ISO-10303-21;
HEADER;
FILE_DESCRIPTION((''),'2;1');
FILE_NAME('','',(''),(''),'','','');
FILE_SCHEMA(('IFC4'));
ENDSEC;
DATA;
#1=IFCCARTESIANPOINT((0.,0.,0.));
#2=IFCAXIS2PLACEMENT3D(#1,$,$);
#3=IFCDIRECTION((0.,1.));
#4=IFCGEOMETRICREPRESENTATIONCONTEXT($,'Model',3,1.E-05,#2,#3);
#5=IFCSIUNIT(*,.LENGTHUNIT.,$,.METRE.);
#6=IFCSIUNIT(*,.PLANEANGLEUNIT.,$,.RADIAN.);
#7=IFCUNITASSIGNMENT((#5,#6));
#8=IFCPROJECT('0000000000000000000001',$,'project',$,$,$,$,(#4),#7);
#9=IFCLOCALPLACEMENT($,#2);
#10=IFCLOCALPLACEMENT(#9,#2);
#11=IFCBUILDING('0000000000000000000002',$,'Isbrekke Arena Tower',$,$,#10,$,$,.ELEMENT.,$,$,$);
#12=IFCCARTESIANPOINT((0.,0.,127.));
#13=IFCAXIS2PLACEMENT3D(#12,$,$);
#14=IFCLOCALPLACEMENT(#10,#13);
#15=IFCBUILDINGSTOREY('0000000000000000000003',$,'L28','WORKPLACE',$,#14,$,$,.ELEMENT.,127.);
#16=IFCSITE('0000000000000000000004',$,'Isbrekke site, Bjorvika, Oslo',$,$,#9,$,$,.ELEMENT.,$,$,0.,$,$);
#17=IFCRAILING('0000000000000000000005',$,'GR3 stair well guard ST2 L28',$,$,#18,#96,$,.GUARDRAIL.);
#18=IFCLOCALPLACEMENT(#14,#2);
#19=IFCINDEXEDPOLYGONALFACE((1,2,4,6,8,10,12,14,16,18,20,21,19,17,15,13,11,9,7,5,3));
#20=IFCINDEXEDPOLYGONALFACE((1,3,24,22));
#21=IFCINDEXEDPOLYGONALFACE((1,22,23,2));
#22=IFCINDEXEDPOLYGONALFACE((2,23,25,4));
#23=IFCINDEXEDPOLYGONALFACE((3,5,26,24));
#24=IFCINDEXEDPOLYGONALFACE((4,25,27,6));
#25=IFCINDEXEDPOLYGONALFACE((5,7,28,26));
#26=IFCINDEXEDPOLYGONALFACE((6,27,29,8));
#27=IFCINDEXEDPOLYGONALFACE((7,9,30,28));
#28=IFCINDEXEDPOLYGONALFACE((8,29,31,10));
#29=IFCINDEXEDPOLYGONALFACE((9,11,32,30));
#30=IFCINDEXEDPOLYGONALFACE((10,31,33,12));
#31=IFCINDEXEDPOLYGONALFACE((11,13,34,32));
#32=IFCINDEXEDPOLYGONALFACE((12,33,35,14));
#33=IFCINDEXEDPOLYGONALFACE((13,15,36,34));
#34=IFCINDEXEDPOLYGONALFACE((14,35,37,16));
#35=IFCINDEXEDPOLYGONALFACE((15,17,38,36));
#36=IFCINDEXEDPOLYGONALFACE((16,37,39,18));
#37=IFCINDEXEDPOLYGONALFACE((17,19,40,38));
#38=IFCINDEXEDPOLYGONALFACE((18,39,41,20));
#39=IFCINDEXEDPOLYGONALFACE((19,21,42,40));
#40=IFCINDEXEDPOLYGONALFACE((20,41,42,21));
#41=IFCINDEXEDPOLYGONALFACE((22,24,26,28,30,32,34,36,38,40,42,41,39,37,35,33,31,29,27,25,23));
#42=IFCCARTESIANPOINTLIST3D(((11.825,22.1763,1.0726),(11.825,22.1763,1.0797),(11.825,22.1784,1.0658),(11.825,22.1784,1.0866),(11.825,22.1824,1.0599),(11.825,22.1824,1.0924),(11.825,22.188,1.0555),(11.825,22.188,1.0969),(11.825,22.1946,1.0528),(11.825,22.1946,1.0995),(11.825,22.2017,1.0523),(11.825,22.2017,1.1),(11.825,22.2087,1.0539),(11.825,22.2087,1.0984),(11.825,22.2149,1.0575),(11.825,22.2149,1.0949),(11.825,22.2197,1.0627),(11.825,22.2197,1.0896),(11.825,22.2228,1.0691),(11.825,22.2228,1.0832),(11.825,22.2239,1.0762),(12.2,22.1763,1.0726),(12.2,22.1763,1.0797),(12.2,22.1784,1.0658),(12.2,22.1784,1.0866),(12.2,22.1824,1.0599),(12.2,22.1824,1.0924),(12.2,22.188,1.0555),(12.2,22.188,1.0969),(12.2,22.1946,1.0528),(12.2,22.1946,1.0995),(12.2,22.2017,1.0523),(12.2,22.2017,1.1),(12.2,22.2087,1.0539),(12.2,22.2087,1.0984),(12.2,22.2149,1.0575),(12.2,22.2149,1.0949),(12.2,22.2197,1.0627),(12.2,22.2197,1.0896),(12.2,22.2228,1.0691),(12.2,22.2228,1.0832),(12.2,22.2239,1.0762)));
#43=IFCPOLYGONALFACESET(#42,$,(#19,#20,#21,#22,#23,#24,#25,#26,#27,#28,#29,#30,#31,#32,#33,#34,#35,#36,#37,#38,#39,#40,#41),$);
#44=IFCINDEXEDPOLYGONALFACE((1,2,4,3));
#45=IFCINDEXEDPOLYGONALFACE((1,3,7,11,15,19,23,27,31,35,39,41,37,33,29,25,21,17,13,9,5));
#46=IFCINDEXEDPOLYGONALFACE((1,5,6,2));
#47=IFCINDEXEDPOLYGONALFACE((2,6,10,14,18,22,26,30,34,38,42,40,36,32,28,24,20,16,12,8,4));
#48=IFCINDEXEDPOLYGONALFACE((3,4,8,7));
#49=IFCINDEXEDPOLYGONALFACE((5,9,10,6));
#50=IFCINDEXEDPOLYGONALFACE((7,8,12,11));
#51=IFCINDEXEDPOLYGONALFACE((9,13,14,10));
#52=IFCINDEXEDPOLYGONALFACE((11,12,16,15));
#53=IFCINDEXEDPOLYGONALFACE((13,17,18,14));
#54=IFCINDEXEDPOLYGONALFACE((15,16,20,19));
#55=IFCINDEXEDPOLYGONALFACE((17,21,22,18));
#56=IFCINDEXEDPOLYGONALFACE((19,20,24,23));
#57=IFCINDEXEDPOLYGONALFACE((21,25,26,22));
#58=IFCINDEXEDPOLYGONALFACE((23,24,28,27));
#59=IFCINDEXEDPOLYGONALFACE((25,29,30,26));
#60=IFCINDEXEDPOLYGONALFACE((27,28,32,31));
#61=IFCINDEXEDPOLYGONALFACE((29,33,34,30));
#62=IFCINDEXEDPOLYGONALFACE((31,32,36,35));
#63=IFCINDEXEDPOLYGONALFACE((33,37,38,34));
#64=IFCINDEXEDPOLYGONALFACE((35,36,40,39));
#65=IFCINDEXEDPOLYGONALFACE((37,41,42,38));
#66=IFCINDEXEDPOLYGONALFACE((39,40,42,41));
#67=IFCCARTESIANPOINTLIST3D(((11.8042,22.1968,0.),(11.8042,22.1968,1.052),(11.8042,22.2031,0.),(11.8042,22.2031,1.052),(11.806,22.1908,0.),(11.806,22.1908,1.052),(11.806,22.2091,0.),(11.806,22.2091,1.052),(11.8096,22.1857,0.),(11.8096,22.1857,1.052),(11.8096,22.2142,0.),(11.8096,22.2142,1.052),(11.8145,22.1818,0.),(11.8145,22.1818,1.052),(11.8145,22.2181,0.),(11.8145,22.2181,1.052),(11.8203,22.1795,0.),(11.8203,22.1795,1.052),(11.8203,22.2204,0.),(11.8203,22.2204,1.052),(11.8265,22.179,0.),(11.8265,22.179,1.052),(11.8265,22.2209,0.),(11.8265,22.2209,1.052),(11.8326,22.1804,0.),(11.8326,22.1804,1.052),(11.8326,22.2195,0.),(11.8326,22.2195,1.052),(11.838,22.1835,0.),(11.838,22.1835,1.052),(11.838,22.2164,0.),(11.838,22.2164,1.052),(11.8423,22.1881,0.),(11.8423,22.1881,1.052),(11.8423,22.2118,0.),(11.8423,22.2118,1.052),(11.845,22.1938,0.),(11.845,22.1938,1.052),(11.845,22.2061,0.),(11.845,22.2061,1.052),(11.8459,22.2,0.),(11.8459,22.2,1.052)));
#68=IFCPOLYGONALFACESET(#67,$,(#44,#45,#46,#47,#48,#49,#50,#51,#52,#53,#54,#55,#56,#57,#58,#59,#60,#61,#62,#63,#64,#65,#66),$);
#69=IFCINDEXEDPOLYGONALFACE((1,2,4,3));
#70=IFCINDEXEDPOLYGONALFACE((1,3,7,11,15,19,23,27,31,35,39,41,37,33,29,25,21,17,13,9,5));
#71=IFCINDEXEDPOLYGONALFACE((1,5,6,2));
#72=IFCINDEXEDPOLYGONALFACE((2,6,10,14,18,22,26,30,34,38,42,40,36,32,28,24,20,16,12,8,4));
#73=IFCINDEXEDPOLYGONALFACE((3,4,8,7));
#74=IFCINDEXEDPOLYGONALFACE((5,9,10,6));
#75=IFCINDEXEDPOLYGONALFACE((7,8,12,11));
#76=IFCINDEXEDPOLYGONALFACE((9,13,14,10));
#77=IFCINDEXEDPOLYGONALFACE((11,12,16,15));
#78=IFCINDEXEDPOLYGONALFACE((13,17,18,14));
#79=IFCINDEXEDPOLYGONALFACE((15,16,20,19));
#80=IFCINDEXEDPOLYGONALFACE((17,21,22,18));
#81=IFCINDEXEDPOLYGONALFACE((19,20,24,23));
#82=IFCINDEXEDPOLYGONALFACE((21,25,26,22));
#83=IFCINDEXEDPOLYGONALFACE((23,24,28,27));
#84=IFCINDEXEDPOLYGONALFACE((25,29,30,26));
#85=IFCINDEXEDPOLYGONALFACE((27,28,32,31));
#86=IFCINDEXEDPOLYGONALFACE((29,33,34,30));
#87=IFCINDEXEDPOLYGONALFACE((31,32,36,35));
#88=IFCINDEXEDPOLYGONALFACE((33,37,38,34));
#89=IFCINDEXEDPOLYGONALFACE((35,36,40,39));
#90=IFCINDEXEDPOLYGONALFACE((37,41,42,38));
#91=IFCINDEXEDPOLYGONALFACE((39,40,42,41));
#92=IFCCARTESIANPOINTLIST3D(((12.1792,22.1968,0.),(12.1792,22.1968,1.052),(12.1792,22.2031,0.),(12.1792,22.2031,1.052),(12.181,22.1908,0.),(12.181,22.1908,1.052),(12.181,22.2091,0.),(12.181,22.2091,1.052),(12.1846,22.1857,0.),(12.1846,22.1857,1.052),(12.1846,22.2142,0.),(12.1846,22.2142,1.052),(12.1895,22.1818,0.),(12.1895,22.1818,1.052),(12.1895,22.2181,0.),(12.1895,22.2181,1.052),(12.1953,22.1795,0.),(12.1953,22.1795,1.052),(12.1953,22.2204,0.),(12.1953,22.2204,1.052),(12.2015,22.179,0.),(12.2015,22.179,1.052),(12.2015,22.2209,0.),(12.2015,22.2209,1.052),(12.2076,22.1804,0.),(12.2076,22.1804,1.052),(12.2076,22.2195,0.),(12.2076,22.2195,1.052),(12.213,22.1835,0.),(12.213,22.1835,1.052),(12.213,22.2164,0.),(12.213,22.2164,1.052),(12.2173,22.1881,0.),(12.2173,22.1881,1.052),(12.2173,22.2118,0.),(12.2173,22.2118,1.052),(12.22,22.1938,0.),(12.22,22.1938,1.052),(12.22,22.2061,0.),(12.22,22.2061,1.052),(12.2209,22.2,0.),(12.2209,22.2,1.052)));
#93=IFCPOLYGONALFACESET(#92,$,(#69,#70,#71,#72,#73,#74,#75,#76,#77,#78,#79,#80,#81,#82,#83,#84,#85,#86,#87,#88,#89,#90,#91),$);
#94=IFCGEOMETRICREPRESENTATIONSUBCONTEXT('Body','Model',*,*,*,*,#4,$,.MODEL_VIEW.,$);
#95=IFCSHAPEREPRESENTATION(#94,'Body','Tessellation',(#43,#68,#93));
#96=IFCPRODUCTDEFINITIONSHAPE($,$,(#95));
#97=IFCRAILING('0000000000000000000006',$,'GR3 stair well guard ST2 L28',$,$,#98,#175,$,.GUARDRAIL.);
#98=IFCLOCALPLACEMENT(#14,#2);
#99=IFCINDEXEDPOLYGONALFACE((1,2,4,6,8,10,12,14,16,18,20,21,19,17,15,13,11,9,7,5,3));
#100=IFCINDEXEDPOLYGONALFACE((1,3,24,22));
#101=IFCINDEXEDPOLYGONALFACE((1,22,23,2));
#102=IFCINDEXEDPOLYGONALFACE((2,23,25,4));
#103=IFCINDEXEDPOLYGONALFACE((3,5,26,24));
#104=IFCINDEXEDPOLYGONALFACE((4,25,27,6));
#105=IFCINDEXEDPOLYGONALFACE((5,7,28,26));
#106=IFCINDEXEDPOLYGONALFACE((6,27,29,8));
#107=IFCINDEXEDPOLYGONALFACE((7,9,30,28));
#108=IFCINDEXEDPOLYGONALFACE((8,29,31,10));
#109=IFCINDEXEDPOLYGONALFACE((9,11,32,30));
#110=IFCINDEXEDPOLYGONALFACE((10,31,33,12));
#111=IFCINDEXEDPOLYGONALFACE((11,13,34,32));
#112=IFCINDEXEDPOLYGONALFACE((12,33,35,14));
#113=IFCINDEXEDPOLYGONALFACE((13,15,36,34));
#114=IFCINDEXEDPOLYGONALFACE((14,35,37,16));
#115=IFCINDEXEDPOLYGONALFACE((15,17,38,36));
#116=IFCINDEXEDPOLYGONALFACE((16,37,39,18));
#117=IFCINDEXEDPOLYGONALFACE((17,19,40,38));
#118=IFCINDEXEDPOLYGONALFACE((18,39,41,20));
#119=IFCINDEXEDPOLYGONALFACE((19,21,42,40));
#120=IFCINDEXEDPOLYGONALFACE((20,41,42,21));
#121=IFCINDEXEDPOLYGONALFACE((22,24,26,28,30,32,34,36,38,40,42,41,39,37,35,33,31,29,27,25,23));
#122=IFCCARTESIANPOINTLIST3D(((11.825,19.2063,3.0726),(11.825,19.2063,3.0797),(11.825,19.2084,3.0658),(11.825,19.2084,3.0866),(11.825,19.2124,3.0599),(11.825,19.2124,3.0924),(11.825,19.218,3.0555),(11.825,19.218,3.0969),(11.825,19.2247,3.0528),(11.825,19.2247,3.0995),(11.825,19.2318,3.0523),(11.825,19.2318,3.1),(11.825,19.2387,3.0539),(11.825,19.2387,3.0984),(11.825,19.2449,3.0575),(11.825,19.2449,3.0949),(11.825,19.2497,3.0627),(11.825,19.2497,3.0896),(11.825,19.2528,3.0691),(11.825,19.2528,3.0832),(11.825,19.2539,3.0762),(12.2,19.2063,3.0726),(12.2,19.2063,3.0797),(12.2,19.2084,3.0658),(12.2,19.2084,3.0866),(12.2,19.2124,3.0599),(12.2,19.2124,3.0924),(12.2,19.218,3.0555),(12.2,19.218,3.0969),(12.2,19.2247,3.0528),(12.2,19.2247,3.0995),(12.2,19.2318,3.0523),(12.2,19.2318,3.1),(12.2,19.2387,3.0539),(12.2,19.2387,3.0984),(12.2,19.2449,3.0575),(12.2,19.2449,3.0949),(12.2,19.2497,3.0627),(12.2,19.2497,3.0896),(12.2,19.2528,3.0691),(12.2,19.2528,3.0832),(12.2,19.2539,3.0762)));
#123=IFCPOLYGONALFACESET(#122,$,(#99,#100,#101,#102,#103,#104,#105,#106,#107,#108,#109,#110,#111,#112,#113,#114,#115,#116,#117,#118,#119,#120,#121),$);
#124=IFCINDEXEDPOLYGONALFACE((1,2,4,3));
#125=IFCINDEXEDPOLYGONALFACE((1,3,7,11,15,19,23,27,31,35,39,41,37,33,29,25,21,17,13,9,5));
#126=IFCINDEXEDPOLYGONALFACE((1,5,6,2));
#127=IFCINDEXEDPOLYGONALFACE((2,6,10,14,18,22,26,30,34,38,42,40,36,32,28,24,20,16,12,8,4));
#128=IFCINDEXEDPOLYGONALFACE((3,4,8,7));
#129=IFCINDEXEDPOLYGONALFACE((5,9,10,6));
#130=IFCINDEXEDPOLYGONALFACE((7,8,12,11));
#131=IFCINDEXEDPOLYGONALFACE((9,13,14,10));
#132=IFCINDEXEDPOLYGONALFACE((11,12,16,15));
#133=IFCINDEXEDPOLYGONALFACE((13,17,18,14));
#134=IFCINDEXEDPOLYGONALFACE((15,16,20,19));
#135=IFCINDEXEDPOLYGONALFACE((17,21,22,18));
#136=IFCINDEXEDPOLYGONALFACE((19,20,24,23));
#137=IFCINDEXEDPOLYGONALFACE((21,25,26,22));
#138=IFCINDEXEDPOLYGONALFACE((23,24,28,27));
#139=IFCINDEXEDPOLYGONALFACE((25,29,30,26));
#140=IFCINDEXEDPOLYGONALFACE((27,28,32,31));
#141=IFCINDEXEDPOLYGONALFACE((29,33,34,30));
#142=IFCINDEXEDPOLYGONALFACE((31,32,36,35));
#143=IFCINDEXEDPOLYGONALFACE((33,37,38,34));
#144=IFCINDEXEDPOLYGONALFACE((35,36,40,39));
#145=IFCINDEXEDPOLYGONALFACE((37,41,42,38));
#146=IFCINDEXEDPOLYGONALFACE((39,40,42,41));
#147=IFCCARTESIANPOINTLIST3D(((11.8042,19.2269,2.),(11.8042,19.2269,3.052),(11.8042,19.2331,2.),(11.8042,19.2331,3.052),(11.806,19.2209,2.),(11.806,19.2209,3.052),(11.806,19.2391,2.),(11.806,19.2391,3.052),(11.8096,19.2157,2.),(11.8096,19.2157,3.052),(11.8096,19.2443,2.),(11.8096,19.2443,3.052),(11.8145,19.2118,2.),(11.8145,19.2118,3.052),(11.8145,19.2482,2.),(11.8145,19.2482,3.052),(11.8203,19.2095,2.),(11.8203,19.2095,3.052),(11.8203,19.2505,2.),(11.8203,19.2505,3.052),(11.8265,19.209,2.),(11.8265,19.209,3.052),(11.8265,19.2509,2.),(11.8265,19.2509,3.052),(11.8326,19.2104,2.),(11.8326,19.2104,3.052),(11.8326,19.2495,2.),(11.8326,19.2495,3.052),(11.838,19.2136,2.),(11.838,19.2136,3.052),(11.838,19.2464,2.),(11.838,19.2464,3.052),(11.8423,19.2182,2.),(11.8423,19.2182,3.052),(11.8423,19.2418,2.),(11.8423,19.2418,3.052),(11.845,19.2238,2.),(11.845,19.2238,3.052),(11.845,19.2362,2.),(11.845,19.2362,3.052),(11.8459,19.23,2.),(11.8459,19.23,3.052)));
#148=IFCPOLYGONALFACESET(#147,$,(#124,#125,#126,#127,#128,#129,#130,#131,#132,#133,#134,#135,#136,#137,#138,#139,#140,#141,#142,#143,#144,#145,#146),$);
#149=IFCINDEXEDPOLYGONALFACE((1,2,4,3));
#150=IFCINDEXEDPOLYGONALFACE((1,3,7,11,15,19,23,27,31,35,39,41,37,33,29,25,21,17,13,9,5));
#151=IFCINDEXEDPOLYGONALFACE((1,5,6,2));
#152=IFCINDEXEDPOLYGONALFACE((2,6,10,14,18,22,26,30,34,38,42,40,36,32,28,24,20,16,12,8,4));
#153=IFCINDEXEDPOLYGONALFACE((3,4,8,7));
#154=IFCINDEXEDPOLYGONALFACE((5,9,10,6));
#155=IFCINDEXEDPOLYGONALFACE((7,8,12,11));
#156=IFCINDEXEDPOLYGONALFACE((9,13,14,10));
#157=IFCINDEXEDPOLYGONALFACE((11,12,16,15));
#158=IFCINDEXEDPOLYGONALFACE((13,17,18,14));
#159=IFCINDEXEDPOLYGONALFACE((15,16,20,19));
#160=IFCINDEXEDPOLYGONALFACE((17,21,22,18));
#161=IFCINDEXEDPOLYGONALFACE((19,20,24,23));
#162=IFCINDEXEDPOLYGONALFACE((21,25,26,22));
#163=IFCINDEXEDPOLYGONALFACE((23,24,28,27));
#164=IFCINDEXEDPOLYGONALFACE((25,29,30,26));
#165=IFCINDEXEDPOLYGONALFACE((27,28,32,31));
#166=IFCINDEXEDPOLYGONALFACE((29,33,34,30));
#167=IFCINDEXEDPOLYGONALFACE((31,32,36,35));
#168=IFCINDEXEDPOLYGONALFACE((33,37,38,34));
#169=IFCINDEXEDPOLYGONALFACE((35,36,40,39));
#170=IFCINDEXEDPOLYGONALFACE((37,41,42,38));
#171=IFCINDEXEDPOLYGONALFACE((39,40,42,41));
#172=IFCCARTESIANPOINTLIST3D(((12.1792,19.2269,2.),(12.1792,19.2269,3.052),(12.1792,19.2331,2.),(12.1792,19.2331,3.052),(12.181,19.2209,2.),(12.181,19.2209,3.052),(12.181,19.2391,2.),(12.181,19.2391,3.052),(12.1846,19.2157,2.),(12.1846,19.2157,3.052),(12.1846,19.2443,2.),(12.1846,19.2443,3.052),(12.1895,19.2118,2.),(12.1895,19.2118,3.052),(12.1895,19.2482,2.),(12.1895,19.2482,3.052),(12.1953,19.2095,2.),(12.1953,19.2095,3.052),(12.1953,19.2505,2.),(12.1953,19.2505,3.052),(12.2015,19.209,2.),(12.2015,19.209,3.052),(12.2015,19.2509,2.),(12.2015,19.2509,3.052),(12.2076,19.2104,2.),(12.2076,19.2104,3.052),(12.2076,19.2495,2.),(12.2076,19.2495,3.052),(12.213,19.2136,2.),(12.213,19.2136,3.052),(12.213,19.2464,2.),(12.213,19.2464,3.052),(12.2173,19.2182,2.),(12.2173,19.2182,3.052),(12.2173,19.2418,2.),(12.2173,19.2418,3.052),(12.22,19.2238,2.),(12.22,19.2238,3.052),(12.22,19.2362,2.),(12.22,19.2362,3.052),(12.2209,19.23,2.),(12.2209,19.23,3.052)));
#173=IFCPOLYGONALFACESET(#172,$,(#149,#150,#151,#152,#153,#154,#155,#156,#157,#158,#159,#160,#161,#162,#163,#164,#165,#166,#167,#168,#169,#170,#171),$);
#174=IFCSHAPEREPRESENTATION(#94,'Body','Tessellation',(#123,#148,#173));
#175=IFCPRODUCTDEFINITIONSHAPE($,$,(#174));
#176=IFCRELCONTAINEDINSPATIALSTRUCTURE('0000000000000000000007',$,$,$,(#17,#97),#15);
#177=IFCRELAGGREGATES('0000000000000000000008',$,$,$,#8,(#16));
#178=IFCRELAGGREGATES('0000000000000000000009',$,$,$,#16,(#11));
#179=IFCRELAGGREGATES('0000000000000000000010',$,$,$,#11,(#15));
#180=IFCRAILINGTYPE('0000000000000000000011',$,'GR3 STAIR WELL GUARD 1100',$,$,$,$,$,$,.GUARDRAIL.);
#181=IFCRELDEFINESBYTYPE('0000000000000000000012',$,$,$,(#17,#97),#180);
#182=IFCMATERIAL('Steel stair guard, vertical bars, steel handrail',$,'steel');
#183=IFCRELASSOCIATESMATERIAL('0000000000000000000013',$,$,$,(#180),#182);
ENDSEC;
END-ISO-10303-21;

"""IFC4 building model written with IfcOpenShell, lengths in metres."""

from ifc_helpers import new_model, si_unit, direction, frame, origin, origin_2d, place, context, subcontext, project, spatial, circle, extrude, material, type_object, element, save


model = new_model("IFC4")

# Units and contexts
model_context = context("Model", 3, precision=1e-05, world=origin(), true_north=direction((0.0, 1.0)))
body_context = subcontext(model_context, "Body", "Model", "MODEL_VIEW")
ifc_project = project(units=[si_unit("LENGTHUNIT", "METRE"), si_unit("PLANEANGLEUNIT", "RADIAN")], contexts=[model_context])

# Site, building, storey
site_placement = place(None, origin())
site = spatial("IfcSite", under=ifc_project, at=site_placement, Name="Isbrekke site, Bjorvika, Oslo", CompositionType="ELEMENT", RefElevation=0.0)
building_placement = place(site_placement, origin())
building = spatial("IfcBuilding", under=site, at=building_placement, Name="Isbrekke Arena Tower", CompositionType="ELEMENT")
storey_placement = place(building_placement, frame((0.0, 0.0, 127.0)))
storey = spatial("IfcBuildingStorey", under=building, at=storey_placement, Name="L28", Description="WORKPLACE", CompositionType="ELEMENT", Elevation=127.0)

# Railings
ifc_material_1 = material(Name="Steel stair guard, vertical bars, steel handrail", Category="steel")
railing_type = type_object("IfcRailingType", Name="GR3 STAIR WELL GUARD 1100", PredefinedType="GUARDRAIL", material=ifc_material_1)
for number, where, name in (
    (1, (11.825, 22.2, 0.0), "GR3 stair well guard ST2 L28"),
    (2, (11.825, 19.23, 2.0), "GR3 stair well guard ST2 L28"),
):
    element("IfcRailing", number, at=place(storey_placement, frame(where)), inside=storey, type_object=railing_type, Name=name, PredefinedType="GUARDRAIL", context=body_context, shape_type="SweptSolid", body=[
        extrude(circle(Radius=0.0239, at=origin_2d()), frame((0.0, 0.0, 1.0762), z_axis=(1.0, 0.0, 0.0), x_axis=(0.0, 1.0, 0.0)), (0.0, 0.0, 1.0), 0.375),
        extrude(circle(Radius=0.021, at=origin_2d()), origin(), (0.0, 0.0, 1.0), 1.052),
        extrude(circle(Radius=0.021, at=origin_2d()), frame((0.375, 0.0, 0.0)), (0.0, 0.0, 1.0), 1.052),
    ])

save(model, "model.ifc")
